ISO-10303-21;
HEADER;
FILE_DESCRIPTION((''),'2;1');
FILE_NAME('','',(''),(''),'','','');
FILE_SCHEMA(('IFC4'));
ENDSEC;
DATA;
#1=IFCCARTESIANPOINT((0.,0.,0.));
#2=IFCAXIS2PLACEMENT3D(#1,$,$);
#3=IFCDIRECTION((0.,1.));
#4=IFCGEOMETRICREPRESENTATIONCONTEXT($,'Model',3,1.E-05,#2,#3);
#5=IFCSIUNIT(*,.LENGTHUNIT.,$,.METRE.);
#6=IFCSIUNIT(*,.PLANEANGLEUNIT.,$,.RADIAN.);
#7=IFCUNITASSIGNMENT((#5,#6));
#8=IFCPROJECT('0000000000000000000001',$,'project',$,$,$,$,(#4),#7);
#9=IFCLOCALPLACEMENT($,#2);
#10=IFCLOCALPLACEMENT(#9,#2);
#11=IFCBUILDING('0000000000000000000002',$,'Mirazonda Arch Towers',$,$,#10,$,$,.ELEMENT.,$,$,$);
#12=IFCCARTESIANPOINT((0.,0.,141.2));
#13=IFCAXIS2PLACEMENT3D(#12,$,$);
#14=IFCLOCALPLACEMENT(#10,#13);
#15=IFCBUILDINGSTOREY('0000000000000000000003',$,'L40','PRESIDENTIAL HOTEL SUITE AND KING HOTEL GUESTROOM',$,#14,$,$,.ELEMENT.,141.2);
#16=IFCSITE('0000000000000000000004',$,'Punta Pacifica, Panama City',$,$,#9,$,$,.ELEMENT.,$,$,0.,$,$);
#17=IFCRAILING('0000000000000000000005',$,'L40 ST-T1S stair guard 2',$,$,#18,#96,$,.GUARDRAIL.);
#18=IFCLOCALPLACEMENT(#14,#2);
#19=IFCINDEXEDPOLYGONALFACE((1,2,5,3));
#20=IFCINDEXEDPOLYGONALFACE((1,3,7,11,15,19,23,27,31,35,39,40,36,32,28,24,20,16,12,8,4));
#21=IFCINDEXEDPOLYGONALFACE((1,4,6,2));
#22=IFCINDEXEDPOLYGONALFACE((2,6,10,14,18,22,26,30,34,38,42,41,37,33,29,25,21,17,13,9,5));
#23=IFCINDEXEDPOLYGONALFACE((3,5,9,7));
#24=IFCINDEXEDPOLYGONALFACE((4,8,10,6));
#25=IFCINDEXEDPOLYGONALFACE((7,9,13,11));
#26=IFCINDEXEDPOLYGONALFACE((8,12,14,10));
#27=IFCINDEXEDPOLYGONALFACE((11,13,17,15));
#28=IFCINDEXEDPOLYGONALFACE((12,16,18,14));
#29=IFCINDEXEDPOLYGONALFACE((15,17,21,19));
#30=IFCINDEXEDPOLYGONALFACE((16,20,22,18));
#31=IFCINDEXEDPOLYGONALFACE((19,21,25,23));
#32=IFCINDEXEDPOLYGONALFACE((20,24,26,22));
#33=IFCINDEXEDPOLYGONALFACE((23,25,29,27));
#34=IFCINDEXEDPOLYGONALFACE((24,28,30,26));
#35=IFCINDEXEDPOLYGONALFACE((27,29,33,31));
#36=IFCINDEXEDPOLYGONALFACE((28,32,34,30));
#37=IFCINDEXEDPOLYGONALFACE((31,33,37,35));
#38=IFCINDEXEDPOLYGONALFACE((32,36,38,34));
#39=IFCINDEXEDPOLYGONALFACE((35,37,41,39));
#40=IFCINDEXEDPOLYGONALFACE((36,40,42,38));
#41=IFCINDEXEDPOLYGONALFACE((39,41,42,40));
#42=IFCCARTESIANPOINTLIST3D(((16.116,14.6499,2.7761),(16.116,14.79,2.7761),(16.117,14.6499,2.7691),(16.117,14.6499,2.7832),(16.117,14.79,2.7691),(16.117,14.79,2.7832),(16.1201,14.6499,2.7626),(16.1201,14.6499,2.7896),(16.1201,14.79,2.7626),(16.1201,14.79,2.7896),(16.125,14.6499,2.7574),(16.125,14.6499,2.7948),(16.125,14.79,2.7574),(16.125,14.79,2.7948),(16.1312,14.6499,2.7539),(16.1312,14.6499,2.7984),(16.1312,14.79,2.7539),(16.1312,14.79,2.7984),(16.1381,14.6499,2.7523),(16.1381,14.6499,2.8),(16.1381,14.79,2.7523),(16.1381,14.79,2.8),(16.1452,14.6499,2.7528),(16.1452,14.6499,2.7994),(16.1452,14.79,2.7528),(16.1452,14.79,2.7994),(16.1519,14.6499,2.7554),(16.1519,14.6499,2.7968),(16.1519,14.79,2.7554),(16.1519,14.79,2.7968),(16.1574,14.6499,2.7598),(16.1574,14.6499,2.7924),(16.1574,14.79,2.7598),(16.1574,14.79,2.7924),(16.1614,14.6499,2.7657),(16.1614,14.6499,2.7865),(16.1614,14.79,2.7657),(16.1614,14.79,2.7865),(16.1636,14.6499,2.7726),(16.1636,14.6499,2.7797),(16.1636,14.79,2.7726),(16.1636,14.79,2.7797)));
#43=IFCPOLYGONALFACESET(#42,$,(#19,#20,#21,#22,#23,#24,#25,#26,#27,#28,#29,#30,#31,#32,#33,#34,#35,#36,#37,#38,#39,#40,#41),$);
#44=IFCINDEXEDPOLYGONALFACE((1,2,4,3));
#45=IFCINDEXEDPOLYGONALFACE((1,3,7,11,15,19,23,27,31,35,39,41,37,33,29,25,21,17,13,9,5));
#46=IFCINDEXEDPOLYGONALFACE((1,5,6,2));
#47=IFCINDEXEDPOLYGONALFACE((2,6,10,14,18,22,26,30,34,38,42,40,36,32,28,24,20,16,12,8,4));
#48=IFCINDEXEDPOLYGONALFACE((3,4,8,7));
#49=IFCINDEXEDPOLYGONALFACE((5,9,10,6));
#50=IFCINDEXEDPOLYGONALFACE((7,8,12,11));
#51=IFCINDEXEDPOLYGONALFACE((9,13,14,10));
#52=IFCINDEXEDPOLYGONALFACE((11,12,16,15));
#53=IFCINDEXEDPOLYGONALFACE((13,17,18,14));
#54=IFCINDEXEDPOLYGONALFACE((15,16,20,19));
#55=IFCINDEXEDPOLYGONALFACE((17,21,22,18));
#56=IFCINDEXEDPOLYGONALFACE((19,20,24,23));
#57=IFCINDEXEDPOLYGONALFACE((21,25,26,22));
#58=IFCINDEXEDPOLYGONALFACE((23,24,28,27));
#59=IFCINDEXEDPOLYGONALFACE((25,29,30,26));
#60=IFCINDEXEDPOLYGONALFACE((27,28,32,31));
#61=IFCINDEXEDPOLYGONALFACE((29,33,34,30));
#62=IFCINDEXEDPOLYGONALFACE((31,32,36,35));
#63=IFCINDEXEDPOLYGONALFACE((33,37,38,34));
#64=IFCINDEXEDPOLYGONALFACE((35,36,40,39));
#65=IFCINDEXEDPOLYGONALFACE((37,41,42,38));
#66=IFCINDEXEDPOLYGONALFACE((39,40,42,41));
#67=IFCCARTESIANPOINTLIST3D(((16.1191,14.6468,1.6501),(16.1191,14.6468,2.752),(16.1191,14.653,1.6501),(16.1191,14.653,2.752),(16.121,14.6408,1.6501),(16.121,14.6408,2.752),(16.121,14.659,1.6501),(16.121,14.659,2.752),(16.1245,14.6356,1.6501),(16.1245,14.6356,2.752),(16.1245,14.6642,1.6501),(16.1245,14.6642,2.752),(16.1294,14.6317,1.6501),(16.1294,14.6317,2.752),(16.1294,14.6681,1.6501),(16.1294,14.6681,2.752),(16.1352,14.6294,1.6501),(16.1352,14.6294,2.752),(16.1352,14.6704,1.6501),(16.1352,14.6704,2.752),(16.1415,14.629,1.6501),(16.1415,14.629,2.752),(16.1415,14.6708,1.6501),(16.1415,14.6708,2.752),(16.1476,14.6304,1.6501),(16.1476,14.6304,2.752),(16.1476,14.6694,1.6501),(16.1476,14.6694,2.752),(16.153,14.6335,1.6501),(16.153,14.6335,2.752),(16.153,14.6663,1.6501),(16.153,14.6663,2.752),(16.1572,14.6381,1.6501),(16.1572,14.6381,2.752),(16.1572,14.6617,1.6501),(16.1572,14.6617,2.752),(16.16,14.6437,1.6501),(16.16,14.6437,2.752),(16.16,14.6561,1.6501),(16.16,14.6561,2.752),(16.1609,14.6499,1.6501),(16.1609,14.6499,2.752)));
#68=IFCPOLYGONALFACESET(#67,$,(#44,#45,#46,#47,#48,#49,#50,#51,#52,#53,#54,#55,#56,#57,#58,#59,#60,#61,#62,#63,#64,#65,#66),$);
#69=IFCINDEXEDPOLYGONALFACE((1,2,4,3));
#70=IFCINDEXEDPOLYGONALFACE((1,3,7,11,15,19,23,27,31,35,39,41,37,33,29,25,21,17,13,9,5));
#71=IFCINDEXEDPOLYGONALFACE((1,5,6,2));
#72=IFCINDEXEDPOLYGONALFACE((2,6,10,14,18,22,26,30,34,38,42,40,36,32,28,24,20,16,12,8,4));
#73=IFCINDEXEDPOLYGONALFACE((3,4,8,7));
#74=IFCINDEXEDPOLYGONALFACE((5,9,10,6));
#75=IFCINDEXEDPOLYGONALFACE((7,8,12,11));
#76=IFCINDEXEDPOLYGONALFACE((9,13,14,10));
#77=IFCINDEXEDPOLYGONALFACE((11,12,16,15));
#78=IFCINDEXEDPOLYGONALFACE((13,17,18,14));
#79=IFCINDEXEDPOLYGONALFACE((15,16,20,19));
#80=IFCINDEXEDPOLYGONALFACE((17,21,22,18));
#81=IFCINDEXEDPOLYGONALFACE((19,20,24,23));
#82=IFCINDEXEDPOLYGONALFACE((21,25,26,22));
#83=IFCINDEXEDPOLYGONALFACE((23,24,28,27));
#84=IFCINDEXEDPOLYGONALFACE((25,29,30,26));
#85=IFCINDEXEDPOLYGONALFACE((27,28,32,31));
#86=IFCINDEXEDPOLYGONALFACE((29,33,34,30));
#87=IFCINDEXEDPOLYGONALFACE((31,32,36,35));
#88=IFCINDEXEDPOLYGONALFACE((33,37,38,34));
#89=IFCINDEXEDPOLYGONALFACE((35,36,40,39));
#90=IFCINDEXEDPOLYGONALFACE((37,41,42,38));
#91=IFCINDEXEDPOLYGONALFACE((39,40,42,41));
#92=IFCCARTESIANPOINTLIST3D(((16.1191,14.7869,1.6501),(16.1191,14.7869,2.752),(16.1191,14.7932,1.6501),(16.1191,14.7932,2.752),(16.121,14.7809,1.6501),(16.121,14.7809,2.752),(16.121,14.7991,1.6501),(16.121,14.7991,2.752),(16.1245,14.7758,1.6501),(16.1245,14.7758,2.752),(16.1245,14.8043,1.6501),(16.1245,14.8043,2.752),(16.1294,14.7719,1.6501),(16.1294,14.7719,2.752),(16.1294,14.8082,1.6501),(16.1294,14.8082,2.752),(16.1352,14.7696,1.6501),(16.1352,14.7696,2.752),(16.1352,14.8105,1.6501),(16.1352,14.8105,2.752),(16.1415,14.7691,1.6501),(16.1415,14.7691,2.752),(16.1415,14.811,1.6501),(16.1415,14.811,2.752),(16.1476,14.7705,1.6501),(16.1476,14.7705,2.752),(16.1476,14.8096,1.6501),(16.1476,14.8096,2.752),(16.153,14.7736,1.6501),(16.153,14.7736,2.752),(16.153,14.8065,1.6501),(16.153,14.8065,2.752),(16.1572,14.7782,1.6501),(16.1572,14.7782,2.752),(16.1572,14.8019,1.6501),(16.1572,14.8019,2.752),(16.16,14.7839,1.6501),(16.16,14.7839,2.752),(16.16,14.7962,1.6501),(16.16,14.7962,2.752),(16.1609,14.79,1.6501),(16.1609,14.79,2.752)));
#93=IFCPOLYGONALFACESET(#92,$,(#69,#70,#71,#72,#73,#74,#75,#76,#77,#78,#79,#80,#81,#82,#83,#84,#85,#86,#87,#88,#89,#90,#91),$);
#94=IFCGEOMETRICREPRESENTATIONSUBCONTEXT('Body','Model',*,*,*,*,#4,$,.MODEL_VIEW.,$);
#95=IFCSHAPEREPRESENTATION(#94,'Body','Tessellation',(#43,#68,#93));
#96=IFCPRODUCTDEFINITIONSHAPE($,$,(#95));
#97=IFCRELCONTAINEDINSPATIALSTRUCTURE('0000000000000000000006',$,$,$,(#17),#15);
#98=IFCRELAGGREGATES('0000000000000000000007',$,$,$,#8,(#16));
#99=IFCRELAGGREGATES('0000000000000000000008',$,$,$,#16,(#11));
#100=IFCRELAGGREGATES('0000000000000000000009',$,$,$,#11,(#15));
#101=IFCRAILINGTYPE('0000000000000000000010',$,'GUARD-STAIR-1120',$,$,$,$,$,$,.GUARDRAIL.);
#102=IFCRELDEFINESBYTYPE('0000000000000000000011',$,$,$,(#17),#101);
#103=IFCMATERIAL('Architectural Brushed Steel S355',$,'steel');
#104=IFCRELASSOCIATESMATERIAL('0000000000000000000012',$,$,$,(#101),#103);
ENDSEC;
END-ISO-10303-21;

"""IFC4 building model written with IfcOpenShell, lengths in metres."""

from ifc_helpers import new_model, si_unit, direction, frame, origin, origin_2d, place, context, subcontext, project, spatial, circle, extrude, material, type_object, element, save


model = new_model("IFC4")

# Units and contexts
model_context = context("Model", 3, precision=1e-05, world=origin(), true_north=direction((0.0, 1.0)))
body_context = subcontext(model_context, "Body", "Model", "MODEL_VIEW")
ifc_project = project(units=[si_unit("LENGTHUNIT", "METRE"), si_unit("PLANEANGLEUNIT", "RADIAN")], contexts=[model_context])

# Site, building, storey
site_placement = place(None, origin())
site = spatial("IfcSite", under=ifc_project, at=site_placement, Name="Punta Pacifica, Panama City", CompositionType="ELEMENT", RefElevation=0.0)
building_placement = place(site_placement, origin())
building = spatial("IfcBuilding", under=site, at=building_placement, Name="Mirazonda Arch Towers", CompositionType="ELEMENT")
storey_placement = place(building_placement, frame((0.0, 0.0, 141.2)))
storey = spatial("IfcBuildingStorey", under=building, at=storey_placement, Name="L40", Description="PRESIDENTIAL HOTEL SUITE AND KING HOTEL GUESTROOM", CompositionType="ELEMENT", Elevation=141.2)

# Shared definitions
ifc_material_1 = material(Name="Architectural Brushed Steel S355", Category="steel")

# Railing
railing_type_1 = type_object("IfcRailingType", Name="GUARD-STAIR-1120", PredefinedType="GUARDRAIL", material=ifc_material_1)
railing_1_placement = place(storey_placement, frame((16.1399, 14.6499, 1.6501)))
element("IfcRailing", 1, at=railing_1_placement, inside=storey, type_object=railing_type_1, Name="L40 ST-T1S stair guard 2", PredefinedType="GUARDRAIL", context=body_context, shape_type="SweptSolid", body=[
    extrude(circle(Radius=0.0239, at=origin_2d()), frame((0.0, 0.0, 1.126), z_axis=(0.0, 1.0, 0.0), x_axis=(-1.0, 0.0, 0.0)), (0.0, 0.0, 1.0), 0.1401),
    extrude(circle(Radius=0.021, at=origin_2d()), origin(), (0.0, 0.0, 1.0), 1.1018),
    extrude(circle(Radius=0.021, at=origin_2d()), frame((0.0, 0.1401, 0.0)), (0.0, 0.0, 1.0), 1.1018),
])

save(model, "model.ifc")
